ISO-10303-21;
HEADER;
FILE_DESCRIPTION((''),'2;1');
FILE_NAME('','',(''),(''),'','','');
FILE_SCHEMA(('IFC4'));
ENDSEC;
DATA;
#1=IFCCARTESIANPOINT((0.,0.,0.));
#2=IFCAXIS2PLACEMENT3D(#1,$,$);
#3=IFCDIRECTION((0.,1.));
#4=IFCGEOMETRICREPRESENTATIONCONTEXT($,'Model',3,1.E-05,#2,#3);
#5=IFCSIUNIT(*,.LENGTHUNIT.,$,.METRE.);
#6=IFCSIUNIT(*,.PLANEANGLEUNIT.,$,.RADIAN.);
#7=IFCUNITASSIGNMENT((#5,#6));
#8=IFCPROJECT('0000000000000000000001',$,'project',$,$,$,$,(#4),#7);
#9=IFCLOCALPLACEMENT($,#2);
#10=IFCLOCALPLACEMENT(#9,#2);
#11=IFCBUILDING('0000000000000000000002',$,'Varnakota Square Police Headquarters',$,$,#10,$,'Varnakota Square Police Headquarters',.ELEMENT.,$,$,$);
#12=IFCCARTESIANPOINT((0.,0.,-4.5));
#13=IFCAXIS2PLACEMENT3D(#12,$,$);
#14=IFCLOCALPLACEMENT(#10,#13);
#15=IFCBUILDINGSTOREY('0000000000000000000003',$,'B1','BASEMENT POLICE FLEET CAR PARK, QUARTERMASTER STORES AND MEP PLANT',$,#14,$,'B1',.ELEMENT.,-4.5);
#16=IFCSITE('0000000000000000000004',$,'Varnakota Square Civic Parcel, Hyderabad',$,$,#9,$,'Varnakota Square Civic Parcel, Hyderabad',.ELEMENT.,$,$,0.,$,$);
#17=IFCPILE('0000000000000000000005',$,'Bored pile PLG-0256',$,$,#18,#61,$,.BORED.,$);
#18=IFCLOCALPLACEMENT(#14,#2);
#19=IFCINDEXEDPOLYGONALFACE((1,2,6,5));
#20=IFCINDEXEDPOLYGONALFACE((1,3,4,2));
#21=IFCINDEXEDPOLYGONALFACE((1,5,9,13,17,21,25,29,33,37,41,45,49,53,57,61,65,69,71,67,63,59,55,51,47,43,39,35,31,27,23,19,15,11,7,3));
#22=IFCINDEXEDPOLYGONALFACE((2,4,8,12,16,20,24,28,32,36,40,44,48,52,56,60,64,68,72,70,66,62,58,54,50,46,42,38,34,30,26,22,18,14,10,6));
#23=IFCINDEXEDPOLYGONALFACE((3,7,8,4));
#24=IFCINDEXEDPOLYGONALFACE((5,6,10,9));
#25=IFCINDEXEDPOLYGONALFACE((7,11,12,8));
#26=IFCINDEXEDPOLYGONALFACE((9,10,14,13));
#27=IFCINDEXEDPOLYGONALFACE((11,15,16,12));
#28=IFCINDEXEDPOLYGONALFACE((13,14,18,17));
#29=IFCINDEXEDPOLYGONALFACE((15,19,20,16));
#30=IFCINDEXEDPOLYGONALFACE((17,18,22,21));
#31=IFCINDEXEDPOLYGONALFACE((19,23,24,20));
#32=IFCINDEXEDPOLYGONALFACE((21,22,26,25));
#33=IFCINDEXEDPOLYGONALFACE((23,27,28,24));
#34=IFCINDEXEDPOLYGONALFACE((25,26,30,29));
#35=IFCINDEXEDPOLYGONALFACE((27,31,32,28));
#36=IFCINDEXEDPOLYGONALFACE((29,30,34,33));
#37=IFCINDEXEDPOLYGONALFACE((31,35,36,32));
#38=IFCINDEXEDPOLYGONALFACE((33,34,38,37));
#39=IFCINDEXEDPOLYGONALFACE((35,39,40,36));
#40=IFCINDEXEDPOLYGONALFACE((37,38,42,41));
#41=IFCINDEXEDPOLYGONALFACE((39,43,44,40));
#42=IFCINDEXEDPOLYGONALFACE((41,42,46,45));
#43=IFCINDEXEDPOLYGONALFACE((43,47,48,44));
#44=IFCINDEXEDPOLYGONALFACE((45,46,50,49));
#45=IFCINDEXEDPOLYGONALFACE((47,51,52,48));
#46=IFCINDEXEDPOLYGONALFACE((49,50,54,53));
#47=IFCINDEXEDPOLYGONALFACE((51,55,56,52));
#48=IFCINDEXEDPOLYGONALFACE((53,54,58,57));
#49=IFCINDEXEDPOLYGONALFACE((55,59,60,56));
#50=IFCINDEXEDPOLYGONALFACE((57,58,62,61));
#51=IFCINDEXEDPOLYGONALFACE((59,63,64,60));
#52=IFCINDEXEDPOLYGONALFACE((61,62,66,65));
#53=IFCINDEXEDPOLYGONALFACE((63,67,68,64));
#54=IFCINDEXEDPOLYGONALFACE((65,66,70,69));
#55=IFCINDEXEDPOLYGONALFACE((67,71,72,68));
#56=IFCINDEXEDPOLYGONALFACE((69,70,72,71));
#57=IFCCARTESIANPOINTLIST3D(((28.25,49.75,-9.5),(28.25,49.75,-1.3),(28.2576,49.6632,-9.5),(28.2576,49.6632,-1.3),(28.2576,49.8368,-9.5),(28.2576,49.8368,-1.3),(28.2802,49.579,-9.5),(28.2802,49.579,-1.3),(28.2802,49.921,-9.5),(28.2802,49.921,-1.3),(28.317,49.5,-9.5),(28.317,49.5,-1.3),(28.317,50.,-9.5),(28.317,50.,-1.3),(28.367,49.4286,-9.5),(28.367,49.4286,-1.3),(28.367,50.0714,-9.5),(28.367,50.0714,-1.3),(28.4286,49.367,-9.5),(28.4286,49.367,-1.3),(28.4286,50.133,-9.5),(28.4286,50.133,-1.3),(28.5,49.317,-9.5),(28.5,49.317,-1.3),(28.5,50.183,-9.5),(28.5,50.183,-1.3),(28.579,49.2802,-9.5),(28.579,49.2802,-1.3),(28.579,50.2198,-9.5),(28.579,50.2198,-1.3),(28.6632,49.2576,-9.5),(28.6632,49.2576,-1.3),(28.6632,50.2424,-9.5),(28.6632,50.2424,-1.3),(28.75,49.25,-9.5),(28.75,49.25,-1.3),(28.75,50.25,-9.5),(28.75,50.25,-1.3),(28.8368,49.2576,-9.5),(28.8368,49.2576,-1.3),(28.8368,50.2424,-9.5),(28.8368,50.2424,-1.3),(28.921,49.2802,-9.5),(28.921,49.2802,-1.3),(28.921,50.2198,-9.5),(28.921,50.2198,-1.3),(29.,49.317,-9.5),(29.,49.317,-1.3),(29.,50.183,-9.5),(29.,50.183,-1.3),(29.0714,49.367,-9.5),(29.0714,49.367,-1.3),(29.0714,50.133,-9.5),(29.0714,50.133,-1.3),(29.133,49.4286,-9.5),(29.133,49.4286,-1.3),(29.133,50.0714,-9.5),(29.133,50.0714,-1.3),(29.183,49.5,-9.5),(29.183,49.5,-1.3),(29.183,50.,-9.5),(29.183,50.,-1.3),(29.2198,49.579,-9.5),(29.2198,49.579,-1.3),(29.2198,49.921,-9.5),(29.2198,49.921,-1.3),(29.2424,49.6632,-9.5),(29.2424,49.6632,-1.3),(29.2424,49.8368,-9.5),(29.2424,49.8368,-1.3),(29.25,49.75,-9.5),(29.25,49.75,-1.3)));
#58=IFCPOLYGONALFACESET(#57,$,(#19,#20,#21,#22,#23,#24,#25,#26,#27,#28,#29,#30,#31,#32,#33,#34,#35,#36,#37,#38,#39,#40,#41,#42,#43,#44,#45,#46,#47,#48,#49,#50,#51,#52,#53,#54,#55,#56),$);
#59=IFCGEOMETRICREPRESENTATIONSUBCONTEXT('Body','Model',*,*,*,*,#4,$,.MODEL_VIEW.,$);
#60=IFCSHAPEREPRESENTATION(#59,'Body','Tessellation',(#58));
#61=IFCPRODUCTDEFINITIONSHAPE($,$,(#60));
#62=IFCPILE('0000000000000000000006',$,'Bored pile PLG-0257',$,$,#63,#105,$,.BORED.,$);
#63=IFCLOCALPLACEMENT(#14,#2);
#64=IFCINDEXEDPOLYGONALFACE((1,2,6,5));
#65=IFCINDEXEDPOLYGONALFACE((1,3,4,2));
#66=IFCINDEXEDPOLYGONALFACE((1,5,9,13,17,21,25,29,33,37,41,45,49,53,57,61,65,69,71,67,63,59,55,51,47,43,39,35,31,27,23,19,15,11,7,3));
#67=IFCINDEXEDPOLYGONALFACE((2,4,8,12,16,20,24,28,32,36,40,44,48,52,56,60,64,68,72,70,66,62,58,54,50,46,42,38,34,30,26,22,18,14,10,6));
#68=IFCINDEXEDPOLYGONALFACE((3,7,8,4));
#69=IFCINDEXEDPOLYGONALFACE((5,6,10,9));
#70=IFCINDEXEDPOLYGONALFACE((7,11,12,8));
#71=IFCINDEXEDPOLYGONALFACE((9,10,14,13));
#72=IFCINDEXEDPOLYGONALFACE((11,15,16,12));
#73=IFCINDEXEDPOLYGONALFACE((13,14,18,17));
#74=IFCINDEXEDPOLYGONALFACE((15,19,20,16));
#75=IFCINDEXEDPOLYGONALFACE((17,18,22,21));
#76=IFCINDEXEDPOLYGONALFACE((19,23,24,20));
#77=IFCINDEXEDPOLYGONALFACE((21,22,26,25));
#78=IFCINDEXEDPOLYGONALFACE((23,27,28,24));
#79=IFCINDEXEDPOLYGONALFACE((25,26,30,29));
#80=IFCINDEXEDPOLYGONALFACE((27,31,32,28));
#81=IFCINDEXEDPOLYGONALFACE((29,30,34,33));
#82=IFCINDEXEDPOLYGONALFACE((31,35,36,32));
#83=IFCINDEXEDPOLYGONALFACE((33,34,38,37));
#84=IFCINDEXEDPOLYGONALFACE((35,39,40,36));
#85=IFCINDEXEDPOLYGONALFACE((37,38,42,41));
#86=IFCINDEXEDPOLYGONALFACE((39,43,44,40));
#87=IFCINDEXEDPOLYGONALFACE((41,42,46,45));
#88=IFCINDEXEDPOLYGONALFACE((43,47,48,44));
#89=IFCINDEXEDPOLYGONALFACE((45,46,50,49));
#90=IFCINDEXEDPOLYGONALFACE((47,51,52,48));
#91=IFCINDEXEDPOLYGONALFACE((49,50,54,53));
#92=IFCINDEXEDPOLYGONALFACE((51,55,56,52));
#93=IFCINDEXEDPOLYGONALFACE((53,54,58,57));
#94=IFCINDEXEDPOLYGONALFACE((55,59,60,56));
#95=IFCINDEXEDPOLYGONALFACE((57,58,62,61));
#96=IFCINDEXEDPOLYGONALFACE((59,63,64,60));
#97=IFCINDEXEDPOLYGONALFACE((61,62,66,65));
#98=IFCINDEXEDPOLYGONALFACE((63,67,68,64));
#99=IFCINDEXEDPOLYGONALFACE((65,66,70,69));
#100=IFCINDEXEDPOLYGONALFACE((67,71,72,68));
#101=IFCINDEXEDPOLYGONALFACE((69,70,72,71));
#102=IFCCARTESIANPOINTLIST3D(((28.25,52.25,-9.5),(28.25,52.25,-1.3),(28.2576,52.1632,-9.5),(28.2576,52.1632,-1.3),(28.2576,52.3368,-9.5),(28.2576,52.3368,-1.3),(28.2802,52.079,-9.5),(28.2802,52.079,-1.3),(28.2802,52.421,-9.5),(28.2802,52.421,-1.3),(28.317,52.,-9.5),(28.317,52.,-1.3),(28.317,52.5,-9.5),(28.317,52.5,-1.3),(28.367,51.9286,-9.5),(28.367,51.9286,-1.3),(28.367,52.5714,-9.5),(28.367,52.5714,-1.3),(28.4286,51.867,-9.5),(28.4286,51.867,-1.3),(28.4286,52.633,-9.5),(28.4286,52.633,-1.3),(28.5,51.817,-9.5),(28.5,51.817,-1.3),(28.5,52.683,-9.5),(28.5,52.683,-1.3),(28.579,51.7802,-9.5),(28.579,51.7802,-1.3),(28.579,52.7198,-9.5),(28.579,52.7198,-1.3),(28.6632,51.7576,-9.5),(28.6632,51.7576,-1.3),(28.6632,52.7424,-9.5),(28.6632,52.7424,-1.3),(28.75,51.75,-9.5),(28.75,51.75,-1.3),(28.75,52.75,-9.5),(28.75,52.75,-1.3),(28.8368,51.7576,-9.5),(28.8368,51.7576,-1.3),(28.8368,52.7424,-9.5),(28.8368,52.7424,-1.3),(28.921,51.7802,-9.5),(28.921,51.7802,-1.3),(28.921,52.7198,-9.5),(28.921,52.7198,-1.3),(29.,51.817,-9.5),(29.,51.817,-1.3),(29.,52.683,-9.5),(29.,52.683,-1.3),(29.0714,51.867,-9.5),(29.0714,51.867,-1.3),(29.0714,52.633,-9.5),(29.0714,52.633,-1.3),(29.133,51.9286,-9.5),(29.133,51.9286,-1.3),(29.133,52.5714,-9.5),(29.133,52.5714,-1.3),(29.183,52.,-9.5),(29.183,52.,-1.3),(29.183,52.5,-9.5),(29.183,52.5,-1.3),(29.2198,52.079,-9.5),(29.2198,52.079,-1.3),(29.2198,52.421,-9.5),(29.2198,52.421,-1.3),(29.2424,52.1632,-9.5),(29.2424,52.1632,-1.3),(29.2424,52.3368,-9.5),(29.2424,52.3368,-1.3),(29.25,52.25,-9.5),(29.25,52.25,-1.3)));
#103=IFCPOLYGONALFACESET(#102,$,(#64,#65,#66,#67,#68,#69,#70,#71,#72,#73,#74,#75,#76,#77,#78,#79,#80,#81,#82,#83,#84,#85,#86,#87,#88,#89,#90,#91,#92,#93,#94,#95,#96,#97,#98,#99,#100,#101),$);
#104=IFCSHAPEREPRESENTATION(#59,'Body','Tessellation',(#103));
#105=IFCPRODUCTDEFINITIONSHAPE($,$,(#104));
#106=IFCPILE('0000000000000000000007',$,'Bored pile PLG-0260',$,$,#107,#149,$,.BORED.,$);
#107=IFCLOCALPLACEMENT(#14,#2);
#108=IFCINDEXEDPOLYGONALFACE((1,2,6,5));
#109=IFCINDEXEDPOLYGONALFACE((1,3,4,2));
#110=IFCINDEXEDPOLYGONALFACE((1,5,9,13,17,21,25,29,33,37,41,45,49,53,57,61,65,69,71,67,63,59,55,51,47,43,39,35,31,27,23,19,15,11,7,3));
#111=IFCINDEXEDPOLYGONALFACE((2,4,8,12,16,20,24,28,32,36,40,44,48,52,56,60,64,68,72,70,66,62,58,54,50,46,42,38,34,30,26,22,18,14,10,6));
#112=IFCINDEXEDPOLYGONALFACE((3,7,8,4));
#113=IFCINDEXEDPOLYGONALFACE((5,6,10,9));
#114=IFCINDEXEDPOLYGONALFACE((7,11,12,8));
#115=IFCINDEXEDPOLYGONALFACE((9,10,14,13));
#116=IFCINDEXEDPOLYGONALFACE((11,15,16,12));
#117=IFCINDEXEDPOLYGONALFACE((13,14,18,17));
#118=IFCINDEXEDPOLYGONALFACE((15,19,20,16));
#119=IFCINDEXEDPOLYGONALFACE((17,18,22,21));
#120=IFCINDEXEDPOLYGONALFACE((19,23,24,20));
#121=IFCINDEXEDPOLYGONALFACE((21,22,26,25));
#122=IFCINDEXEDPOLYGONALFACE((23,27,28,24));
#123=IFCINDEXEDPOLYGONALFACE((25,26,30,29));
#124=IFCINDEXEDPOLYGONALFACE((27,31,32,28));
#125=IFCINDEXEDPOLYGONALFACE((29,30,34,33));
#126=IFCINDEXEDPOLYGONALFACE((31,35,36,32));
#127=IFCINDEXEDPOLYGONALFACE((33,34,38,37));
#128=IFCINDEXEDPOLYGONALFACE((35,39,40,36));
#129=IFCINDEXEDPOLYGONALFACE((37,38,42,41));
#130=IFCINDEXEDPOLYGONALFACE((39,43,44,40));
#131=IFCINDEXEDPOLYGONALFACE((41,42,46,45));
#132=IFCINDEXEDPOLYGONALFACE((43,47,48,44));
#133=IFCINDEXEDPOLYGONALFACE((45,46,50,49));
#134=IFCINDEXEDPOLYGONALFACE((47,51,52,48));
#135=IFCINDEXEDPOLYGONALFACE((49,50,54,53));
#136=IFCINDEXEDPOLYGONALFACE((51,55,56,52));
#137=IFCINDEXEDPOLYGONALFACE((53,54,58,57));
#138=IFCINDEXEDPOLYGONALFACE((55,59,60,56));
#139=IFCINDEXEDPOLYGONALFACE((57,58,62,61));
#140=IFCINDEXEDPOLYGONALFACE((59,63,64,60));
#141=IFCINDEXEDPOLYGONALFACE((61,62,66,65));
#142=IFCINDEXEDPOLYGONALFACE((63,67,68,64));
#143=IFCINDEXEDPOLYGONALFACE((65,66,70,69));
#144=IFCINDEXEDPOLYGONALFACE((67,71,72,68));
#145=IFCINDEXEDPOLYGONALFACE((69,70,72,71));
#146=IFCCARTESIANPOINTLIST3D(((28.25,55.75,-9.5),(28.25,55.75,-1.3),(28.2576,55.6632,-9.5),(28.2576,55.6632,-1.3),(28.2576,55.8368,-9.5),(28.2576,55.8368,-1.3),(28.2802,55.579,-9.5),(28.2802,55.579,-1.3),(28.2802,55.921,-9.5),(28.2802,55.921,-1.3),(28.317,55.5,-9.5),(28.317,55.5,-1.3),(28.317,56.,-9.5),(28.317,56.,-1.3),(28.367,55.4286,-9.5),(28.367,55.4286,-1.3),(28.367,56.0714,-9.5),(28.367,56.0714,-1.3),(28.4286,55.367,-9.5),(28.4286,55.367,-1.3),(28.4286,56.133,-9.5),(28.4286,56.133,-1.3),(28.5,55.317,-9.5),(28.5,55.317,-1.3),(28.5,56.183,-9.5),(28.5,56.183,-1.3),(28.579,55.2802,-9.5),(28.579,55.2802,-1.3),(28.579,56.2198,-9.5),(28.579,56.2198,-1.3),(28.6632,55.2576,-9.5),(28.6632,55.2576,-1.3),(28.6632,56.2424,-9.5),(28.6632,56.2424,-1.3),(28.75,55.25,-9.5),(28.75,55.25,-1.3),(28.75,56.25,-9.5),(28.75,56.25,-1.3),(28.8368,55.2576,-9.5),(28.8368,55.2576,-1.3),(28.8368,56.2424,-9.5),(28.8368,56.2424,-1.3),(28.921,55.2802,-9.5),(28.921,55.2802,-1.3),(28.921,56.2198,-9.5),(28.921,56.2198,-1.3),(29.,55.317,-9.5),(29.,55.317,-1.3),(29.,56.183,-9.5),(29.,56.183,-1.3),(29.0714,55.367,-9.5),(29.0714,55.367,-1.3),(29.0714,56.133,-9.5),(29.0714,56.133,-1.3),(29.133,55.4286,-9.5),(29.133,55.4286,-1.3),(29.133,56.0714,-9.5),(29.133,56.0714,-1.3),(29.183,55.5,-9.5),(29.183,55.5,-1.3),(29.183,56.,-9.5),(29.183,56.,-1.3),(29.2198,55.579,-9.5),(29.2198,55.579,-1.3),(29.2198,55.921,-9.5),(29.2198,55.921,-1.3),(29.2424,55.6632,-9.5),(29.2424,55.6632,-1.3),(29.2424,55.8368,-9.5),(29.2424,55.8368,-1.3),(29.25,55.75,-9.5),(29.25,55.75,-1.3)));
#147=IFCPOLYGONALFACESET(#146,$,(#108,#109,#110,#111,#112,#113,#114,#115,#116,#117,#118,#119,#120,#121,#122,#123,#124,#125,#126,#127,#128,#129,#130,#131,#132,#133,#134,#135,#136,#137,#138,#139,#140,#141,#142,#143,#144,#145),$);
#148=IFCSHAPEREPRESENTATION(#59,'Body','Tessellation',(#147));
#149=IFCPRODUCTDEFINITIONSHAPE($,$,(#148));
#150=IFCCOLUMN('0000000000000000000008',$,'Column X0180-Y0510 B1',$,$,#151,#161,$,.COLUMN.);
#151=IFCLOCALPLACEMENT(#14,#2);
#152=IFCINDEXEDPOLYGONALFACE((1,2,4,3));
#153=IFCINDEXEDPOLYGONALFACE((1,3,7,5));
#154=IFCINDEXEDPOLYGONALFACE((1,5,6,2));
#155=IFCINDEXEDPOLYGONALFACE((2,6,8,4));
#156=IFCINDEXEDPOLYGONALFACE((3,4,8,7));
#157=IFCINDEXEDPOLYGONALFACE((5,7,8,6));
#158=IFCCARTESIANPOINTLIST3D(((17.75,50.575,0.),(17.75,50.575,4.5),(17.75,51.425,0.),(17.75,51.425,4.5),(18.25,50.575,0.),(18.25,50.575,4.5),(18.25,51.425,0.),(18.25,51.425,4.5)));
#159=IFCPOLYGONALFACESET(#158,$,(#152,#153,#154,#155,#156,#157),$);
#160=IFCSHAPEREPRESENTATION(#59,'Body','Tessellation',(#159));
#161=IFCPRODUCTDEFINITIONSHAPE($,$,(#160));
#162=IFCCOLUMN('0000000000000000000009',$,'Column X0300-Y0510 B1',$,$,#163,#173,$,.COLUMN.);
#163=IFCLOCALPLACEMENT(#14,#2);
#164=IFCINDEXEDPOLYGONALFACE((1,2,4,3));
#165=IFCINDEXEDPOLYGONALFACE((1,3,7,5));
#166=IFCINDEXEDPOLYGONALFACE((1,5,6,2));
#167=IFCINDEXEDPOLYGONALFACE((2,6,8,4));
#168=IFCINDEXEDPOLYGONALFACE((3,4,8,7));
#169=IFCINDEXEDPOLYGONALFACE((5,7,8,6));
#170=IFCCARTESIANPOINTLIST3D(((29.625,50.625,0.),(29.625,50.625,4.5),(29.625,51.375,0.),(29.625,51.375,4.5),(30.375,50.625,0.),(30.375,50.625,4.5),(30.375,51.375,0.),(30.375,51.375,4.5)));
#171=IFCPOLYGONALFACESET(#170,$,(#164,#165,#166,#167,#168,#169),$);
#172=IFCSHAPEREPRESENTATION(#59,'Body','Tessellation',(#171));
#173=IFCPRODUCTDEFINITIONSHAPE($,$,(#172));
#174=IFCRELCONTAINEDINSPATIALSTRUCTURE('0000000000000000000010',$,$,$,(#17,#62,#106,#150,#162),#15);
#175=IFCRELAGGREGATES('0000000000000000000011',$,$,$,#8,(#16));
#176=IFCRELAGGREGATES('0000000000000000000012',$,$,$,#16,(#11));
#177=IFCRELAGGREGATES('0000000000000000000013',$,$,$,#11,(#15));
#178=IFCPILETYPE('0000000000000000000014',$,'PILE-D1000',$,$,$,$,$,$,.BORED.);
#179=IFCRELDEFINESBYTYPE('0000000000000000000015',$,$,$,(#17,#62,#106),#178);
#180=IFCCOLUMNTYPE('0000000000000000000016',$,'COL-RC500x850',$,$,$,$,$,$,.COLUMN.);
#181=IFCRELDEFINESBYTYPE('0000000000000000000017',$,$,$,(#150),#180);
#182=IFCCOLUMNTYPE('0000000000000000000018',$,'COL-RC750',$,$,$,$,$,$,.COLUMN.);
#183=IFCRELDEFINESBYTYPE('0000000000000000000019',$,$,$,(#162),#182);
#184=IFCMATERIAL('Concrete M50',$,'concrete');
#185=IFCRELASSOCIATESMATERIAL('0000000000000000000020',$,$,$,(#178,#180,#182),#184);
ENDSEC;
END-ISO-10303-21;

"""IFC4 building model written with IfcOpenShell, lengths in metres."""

from ifc_helpers import new_model, si_unit, direction, frame, origin, origin_2d, place, context, subcontext, project, spatial, rectangle, circle, extrude, material, material_profile, profile_set, type_object, element, save


model = new_model("IFC4")

# Units and contexts
model_context = context("Model", 3, precision=1e-05, world=origin(), true_north=direction((0.0, 1.0)))
body_context = subcontext(model_context, "Body", "Model", "MODEL_VIEW")
ifc_project = project(units=[si_unit("LENGTHUNIT", "METRE"), si_unit("PLANEANGLEUNIT", "RADIAN")], contexts=[model_context])

# Site, building, storey
site_placement = place(None, origin())
site = spatial("IfcSite", under=ifc_project, at=site_placement, Name="Varnakota Square Civic Parcel, Hyderabad", LongName="Varnakota Square Civic Parcel, Hyderabad", CompositionType="ELEMENT", RefElevation=0.0)
building_placement = place(site_placement, origin())
building = spatial("IfcBuilding", under=site, at=building_placement, Name="Varnakota Square Police Headquarters", LongName="Varnakota Square Police Headquarters", CompositionType="ELEMENT")
storey_placement = place(building_placement, frame((0.0, 0.0, -4.5)))
storey = spatial("IfcBuildingStorey", under=building, at=storey_placement, Name="B1", Description="BASEMENT POLICE FLEET CAR PARK, QUARTERMASTER STORES AND MEP PLANT", LongName="B1", CompositionType="ELEMENT", Elevation=-4.5)

# Shared definitions
ifc_material_1 = material(Name="Concrete M50", Category="concrete")

# Piles
ifc_material_profile_1 = material_profile(ifc_material_1, circle(Radius=0.5, at=origin_2d()), Name="BORED PILE 1000")
ifc_profile_set_1 = profile_set([ifc_material_profile_1], Name="Concrete M50")
pile_type = type_object("IfcPileType", Name="PILE-D1000", PredefinedType="BORED", material=ifc_profile_set_1)
for number, where, z_axis, x_axis, name in (
    (1, (28.75, 49.75, -1.3), (0.0, 0.0, -1.0), (1.0, 0.0, 0.0), "Bored pile PLG-0256"),
    (2, (28.75, 52.25, -1.3), (0.0, 0.0, -1.0), (1.0, 0.0, 0.0), "Bored pile PLG-0257"),
    (3, (28.75, 55.75, -1.3), (0.0, 0.0, -1.0), (1.0, 0.0, 0.0), "Bored pile PLG-0260"),
):
    element("IfcPile", number, at=place(storey_placement, frame(where, z_axis=z_axis, x_axis=x_axis)), inside=storey, type_object=pile_type, Name=name, PredefinedType="BORED", context=body_context, shape_type="SweptSolid", body=[
        extrude(circle(Radius=0.5, at=origin_2d()), origin(), (0.0, 0.0, 1.0), 8.2),
    ])

# Columns
ifc_material_profile_2 = material_profile(ifc_material_1, rectangle(XDim=0.5, YDim=0.8501, at=origin_2d()), Name="RC 500x850")
ifc_profile_set_2 = profile_set([ifc_material_profile_2], Name="Concrete M50")
column_type_1 = type_object("IfcColumnType", Name="COL-RC500x850", PredefinedType="COLUMN", material=ifc_profile_set_2)
column_1_placement = place(storey_placement, frame((18.0, 51.0, 0.0), z_axis=(0.0, 0.0, 1.0), x_axis=(1.0, 0.0, 0.0)))
element("IfcColumn", 4, at=column_1_placement, inside=storey, type_object=column_type_1, Name="Column X0180-Y0510 B1", PredefinedType="COLUMN", context=body_context, shape_type="SweptSolid", body=[
    extrude(rectangle(XDim=0.5, YDim=0.8501, at=origin_2d()), origin(), (0.0, 0.0, 1.0), 4.5),
])
ifc_material_profile_3 = material_profile(ifc_material_1, rectangle(XDim=0.75, YDim=0.75, at=origin_2d()), Name="RC 750x750")
ifc_profile_set_3 = profile_set([ifc_material_profile_3], Name="Concrete M50")
column_type_2 = type_object("IfcColumnType", Name="COL-RC750", PredefinedType="COLUMN", material=ifc_profile_set_3)
column_2_placement = place(storey_placement, frame((30.0, 51.0, 0.0), z_axis=(0.0, 0.0, 1.0), x_axis=(1.0, 0.0, 0.0)))
element("IfcColumn", 5, at=column_2_placement, inside=storey, type_object=column_type_2, Name="Column X0300-Y0510 B1", PredefinedType="COLUMN", context=body_context, shape_type="SweptSolid", body=[
    extrude(rectangle(XDim=0.75, YDim=0.75, at=origin_2d()), origin(), (0.0, 0.0, 1.0), 4.5),
])

save(model, "model.ifc")
